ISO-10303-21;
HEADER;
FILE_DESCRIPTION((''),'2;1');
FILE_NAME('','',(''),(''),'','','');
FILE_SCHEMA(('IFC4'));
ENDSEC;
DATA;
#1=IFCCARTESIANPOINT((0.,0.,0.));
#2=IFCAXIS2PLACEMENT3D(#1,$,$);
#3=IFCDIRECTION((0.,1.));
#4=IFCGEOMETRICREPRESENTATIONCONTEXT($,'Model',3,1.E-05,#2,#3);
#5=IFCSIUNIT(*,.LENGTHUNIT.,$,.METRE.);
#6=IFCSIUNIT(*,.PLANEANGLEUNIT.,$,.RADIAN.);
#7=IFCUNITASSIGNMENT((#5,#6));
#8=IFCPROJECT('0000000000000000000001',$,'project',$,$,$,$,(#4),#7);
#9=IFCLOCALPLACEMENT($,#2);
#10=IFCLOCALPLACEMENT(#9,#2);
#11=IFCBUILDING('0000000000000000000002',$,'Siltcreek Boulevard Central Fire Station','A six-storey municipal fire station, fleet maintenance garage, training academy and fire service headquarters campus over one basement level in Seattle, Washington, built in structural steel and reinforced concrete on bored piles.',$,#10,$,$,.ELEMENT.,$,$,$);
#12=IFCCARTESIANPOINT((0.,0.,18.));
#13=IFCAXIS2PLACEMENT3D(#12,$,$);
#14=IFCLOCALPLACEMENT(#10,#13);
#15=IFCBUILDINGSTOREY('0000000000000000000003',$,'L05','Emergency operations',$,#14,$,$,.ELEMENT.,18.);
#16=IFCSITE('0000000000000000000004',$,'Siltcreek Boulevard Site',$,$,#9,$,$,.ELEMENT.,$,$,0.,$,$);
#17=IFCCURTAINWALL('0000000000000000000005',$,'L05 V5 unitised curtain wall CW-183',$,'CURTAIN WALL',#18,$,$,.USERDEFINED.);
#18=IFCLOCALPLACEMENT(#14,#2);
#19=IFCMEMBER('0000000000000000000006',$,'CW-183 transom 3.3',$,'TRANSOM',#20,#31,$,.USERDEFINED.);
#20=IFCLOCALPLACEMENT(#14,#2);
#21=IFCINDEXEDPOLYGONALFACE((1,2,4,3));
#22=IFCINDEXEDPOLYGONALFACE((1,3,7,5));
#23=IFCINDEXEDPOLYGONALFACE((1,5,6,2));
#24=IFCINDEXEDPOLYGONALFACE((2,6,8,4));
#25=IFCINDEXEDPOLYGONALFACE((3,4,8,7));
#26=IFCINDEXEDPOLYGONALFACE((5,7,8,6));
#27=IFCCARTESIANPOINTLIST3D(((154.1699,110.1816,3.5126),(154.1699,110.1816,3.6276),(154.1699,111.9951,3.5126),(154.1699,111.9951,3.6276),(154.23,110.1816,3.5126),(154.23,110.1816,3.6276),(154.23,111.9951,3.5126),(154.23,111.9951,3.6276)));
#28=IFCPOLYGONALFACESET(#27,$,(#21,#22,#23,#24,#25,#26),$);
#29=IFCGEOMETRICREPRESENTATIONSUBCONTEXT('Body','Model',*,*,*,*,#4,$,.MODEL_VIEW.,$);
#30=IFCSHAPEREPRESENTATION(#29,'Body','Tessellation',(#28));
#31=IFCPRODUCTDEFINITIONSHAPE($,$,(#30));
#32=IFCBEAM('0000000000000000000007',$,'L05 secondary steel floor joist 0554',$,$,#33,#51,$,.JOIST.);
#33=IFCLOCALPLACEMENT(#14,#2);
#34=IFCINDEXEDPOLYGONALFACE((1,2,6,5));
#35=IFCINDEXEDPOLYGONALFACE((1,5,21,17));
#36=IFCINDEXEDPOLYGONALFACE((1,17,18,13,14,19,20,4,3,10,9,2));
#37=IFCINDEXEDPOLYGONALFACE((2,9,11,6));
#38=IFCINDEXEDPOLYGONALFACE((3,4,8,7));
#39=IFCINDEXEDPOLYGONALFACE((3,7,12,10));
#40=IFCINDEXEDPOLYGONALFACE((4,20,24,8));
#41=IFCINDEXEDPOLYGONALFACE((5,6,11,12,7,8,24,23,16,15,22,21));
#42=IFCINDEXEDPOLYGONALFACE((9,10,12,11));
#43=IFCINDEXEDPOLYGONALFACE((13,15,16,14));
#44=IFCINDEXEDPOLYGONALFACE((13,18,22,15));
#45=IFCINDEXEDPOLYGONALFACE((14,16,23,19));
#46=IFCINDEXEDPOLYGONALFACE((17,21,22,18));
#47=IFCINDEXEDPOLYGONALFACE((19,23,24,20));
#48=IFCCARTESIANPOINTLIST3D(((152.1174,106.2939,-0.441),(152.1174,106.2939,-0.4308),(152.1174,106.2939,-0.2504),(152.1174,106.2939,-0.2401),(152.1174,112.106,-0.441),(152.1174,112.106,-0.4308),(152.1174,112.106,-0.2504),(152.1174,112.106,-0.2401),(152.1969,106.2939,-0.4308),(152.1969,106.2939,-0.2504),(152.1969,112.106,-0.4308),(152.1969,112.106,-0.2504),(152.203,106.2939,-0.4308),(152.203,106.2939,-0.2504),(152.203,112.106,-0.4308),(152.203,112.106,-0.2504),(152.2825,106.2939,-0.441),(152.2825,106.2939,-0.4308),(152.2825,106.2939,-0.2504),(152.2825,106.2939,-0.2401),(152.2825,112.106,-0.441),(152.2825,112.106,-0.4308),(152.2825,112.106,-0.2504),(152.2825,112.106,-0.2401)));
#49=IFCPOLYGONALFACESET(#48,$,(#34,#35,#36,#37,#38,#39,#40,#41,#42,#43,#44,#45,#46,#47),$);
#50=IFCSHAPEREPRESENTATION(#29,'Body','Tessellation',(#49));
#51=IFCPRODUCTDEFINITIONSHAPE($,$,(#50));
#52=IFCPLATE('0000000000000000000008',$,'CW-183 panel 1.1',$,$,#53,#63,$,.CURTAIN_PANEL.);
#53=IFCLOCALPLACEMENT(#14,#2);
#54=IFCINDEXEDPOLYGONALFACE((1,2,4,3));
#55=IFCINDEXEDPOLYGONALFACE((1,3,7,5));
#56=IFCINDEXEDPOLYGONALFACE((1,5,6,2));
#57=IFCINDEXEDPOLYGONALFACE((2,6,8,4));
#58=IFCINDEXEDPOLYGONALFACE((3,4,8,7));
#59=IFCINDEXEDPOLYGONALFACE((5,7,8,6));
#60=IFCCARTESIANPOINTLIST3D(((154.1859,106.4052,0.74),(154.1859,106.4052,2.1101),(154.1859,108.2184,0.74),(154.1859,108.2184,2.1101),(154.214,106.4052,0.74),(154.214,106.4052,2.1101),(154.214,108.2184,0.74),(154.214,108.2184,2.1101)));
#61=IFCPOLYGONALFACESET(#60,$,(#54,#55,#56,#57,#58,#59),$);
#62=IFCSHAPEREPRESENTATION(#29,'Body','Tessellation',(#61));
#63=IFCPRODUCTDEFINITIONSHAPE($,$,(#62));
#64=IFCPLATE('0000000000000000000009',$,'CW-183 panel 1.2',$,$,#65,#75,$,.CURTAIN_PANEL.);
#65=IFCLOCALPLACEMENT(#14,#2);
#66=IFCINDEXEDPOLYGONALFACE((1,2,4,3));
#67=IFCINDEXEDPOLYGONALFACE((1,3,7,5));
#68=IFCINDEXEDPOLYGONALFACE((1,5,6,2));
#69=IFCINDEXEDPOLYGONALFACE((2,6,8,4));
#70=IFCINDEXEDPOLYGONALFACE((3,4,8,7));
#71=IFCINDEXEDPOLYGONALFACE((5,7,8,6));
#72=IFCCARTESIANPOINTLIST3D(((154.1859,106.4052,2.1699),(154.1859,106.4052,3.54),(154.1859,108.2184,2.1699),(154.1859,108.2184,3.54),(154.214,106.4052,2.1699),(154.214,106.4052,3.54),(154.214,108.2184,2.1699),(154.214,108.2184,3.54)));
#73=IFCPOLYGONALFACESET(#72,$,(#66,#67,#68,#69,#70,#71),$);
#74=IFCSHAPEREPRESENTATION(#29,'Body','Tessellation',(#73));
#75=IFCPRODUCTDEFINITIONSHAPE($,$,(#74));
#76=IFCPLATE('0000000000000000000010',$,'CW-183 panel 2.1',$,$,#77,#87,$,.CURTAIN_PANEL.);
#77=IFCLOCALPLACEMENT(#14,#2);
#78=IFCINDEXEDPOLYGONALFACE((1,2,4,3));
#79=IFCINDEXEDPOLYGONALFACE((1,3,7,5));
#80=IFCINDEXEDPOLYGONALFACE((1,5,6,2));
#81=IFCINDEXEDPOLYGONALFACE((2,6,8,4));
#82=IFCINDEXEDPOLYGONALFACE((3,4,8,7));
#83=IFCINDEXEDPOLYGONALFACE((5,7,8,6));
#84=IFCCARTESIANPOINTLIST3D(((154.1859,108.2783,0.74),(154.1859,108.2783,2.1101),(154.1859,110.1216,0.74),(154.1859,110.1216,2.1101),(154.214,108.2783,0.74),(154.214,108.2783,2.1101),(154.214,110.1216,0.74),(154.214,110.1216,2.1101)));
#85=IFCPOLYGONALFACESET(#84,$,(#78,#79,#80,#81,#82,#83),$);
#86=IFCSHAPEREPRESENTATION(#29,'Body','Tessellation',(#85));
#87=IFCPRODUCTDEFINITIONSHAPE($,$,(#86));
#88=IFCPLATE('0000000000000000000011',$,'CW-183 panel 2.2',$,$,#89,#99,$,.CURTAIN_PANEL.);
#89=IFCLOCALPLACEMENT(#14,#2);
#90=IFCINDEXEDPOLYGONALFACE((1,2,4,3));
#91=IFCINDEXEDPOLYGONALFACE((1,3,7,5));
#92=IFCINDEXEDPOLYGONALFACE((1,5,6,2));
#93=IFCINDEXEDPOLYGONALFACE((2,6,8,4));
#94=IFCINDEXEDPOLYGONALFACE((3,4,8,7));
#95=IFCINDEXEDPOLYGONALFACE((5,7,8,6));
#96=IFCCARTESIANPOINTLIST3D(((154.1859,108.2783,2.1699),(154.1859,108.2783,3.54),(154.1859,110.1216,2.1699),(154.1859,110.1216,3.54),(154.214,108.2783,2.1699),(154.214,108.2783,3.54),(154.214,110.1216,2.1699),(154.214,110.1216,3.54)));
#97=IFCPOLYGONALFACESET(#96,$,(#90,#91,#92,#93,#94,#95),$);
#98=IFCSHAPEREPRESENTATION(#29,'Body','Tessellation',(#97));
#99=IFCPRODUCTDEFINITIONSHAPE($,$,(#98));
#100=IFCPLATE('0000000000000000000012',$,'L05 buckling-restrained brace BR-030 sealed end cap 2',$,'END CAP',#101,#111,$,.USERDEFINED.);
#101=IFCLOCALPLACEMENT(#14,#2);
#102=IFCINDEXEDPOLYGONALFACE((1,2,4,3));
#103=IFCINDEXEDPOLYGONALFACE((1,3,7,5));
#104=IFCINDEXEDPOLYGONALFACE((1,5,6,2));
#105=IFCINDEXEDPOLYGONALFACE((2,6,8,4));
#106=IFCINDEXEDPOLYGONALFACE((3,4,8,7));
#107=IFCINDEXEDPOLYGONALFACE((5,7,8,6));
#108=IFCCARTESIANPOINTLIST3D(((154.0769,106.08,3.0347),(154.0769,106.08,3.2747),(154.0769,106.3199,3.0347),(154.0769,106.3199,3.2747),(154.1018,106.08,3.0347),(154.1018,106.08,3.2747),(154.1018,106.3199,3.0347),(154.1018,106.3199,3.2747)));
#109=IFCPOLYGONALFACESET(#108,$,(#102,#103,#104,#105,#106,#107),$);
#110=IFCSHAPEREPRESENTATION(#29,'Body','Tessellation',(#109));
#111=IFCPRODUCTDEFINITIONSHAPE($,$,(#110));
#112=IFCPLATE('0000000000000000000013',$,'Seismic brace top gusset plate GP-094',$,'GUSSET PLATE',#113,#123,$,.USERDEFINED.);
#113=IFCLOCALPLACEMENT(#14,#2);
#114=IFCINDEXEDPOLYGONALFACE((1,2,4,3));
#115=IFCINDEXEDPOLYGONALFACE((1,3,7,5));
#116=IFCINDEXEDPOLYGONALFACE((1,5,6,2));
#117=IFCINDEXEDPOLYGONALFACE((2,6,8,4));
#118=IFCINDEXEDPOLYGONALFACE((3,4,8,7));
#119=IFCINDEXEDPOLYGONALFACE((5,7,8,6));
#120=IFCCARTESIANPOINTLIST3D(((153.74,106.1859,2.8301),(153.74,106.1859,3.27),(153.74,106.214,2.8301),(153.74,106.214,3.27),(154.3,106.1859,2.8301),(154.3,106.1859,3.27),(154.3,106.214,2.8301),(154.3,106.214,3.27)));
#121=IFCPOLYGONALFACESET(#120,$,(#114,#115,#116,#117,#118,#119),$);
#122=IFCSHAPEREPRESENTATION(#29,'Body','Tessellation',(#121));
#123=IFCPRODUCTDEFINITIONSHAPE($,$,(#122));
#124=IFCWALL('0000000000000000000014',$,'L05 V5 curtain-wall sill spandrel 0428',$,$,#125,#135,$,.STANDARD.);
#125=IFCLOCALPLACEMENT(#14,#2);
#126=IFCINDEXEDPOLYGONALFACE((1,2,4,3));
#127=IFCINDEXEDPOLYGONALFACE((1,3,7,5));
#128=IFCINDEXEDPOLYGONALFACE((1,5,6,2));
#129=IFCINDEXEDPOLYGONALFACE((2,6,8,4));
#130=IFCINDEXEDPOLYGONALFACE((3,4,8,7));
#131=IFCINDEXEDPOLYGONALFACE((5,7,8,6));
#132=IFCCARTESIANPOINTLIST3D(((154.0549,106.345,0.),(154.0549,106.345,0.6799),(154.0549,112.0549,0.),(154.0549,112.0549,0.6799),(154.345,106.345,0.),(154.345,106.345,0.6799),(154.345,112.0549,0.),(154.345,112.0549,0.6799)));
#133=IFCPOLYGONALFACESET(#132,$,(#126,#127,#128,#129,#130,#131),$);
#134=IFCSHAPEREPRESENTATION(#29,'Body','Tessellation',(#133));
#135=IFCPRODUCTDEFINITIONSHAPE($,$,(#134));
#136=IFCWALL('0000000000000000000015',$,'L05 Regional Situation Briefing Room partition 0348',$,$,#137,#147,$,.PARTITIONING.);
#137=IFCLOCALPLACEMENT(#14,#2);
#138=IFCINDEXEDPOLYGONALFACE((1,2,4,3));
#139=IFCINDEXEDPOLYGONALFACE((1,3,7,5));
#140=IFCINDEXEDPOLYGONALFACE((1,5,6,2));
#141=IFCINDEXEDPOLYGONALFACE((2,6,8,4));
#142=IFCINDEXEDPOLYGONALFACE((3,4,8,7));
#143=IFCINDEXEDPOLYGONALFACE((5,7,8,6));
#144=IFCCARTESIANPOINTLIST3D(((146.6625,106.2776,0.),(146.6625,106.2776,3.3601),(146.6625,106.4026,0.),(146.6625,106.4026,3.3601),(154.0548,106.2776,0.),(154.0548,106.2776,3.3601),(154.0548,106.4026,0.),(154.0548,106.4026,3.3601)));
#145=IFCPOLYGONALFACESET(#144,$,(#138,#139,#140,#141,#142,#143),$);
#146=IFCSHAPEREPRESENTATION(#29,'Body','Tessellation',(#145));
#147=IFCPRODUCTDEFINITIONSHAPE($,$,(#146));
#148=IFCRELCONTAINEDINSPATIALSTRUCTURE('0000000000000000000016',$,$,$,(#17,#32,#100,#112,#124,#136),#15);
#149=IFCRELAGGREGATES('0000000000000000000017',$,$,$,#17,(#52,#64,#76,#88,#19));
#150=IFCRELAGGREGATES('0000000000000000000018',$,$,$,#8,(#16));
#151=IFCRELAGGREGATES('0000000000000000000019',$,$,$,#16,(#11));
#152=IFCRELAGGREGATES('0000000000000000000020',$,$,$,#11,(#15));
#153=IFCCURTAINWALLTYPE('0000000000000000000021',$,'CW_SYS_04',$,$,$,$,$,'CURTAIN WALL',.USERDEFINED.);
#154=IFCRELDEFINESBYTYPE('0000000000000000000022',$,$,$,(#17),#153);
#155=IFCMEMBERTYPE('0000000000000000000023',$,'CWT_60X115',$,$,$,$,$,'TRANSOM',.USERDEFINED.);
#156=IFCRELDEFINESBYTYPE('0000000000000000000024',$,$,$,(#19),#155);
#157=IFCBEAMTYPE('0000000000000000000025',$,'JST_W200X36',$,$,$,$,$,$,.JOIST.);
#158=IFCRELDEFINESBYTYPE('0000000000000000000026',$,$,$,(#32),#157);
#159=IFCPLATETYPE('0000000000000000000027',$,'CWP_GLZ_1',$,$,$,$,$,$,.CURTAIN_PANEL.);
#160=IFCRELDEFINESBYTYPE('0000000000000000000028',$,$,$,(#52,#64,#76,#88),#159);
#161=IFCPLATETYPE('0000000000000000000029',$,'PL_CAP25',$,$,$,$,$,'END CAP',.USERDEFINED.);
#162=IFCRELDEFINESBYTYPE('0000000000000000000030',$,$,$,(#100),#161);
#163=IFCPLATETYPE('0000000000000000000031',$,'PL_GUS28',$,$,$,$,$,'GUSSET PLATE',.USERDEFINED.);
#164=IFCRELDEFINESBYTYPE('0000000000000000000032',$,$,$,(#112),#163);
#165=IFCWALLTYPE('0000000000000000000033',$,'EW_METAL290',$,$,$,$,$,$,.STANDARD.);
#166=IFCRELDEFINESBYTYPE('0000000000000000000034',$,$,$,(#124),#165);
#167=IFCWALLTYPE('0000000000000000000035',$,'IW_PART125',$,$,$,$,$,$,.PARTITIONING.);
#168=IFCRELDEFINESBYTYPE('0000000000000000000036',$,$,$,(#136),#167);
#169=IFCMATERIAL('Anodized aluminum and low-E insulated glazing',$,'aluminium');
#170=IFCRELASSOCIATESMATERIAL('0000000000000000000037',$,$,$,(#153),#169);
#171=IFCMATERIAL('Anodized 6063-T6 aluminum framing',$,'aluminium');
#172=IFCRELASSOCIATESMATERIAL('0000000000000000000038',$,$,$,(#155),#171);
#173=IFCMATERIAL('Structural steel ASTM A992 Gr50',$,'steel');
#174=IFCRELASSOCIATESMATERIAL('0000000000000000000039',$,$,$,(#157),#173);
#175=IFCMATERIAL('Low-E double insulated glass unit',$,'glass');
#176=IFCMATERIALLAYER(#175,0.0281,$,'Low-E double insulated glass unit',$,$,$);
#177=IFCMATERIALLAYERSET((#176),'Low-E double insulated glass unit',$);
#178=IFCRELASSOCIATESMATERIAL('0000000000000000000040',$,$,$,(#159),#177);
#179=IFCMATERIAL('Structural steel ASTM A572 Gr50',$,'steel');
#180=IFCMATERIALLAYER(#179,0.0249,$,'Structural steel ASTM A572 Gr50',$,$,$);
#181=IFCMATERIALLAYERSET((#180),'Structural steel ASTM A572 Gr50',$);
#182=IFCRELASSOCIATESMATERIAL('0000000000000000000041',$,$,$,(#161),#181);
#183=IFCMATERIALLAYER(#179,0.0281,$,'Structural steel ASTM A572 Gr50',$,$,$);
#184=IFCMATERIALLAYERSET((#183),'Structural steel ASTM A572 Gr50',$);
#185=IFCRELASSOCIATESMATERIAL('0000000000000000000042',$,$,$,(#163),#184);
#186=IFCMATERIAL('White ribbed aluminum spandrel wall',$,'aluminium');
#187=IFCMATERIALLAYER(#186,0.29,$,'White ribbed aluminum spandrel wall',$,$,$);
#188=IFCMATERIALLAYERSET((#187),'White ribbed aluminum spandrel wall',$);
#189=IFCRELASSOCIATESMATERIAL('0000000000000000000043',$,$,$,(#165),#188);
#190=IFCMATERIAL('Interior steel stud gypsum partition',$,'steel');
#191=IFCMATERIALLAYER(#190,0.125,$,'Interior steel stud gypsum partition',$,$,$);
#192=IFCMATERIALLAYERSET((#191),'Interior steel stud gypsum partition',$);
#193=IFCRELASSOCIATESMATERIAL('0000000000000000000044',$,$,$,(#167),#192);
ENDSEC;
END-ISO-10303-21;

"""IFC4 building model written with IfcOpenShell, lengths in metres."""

from ifc_helpers import new_model, si_unit, direction, frame, frame_2d, origin, origin_2d, place, context, subcontext, project, spatial, rectangle, i_section, extrude, material, layer, layer_set, material_profile, profile_set, type_object, element, aggregate, save


model = new_model("IFC4")

# Units and contexts
model_context = context("Model", 3, precision=1e-05, world=origin(), true_north=direction((0.0, 1.0)))
body_context = subcontext(model_context, "Body", "Model", "MODEL_VIEW")
ifc_project = project(units=[si_unit("LENGTHUNIT", "METRE"), si_unit("PLANEANGLEUNIT", "RADIAN")], contexts=[model_context])

# Site, building, storey
site_placement = place(None, origin())
site = spatial("IfcSite", under=ifc_project, at=site_placement, Name="Siltcreek Boulevard Site", CompositionType="ELEMENT", RefElevation=0.0)
building_placement = place(site_placement, origin())
building = spatial("IfcBuilding", under=site, at=building_placement, Name="Siltcreek Boulevard Central Fire Station", Description="A six-storey municipal fire station, fleet maintenance garage, training academy and fire service headquarters campus over one basement level in Seattle, Washington, built in structural steel and reinforced concrete on bored piles.", CompositionType="ELEMENT")
storey_placement = place(building_placement, frame((0.0, 0.0, 18.0)))
storey = spatial("IfcBuildingStorey", under=building, at=storey_placement, Name="L05", Description="Emergency operations", CompositionType="ELEMENT", Elevation=18.0)

# Shared definitions
ifc_material_1 = material(Name="Structural steel ASTM A992 Gr50", Category="steel")

# Curtain wall, member
ifc_material_2 = material(Name="Anodized aluminum and low-E insulated glazing", Category="aluminium")
curtain_wall_type = type_object("IfcCurtainWallType", Name="CW_SYS_04", ElementType="CURTAIN WALL", PredefinedType="USERDEFINED", material=ifc_material_2)
curtain_wall_placement = place(storey_placement, origin())
curtain_wall = element("IfcCurtainWall", 1, at=curtain_wall_placement, inside=storey, type_object=curtain_wall_type, Name="L05 V5 unitised curtain wall CW-183", ObjectType="CURTAIN WALL", PredefinedType="USERDEFINED")
ifc_material_3 = material(Name="Anodized 6063-T6 aluminum framing", Category="aluminium")
ifc_material_profile_1 = material_profile(ifc_material_3, rectangle(XDim=0.0601, YDim=0.115, at=origin_2d()), Name="TRAN60X115")
ifc_profile_set_1 = profile_set([ifc_material_profile_1], Name="Anodized 6063-T6 aluminum framing")
member_type_1 = type_object("IfcMemberType", Name="CWT_60X115", ElementType="TRANSOM", PredefinedType="USERDEFINED", material=ifc_profile_set_1)
member_1_placement = place(storey_placement, frame((154.2, 110.1816, 3.5701), z_axis=(0.0, 1.0, 0.0), x_axis=(-1.0, 0.0, 0.0)))
member_1 = element("IfcMember", 2, at=member_1_placement, type_object=member_type_1, Name="CW-183 transom 3.3", ObjectType="TRANSOM", PredefinedType="USERDEFINED", context=body_context, shape_type="SweptSolid", body=[
    extrude(rectangle(XDim=0.0601, YDim=0.115, at=origin_2d()), origin(), (0.0, 0.0, 1.0), 1.8135),
])

# Beam
ifc_material_profile_2 = material_profile(ifc_material_1, i_section(OverallWidth=0.165, OverallDepth=0.2009, WebThickness=0.0061, FlangeThickness=0.0103, at=origin_2d()), Name="W200X36")
ifc_profile_set_2 = profile_set([ifc_material_profile_2], Name="Structural steel ASTM A992 Gr50")
beam_type_1 = type_object("IfcBeamType", Name="JST_W200X36", PredefinedType="JOIST", material=ifc_profile_set_2)
beam_1_placement = place(storey_placement, frame((152.2, 106.2939, -0.3406), z_axis=(0.0, 1.0, 0.0), x_axis=(-1.0, 0.0, 0.0)))
element("IfcBeam", 3, at=beam_1_placement, inside=storey, type_object=beam_type_1, Name="L05 secondary steel floor joist 0554", PredefinedType="JOIST", context=body_context, shape_type="SweptSolid", body=[
    extrude(i_section(OverallWidth=0.165, OverallDepth=0.2009, WebThickness=0.0061, FlangeThickness=0.0103, at=origin_2d()), origin(), (0.0, 0.0, 1.0), 5.812),
])

# Plates
ifc_material_4 = material(Name="Low-E double insulated glass unit", Category="glass")
ifc_layer_1 = layer(ifc_material_4, 0.0281, Name="Low-E double insulated glass unit")
ifc_layer_set_1 = layer_set([ifc_layer_1], Name="Low-E double insulated glass unit")
plate_type_1 = type_object("IfcPlateType", Name="CWP_GLZ_1", PredefinedType="CURTAIN_PANEL", material=ifc_layer_set_1)
plate_1_placement = place(storey_placement, frame((154.2, 107.3118, 0.74), z_axis=(0.0, 0.0, 1.0), x_axis=(0.0, 1.0, 0.0)))
plate_1 = element("IfcPlate", 4, at=plate_1_placement, type_object=plate_type_1, Name="CW-183 panel 1.1", PredefinedType="CURTAIN_PANEL", context=body_context, shape_type="SweptSolid", body=[
    extrude(rectangle(XDim=1.8132, YDim=0.0281, at=origin_2d()), origin(), (0.0, 0.0, 1.0), 1.3701),
])
plate_2_placement = place(storey_placement, frame((154.2, 107.3118, 2.1699), z_axis=(0.0, 0.0, 1.0), x_axis=(0.0, 1.0, 0.0)))
plate_2 = element("IfcPlate", 5, at=plate_2_placement, type_object=plate_type_1, Name="CW-183 panel 1.2", PredefinedType="CURTAIN_PANEL", context=body_context, shape_type="SweptSolid", body=[
    extrude(rectangle(XDim=1.8132, YDim=0.0281, at=origin_2d()), origin(), (0.0, 0.0, 1.0), 1.3701),
])
plate_3_placement = place(storey_placement, frame((154.2, 109.2, 0.74), z_axis=(0.0, 0.0, 1.0), x_axis=(0.0, 1.0, 0.0)))
plate_3 = element("IfcPlate", 6, at=plate_3_placement, type_object=plate_type_1, Name="CW-183 panel 2.1", PredefinedType="CURTAIN_PANEL", context=body_context, shape_type="SweptSolid", body=[
    extrude(rectangle(XDim=1.8433, YDim=0.0281, at=origin_2d()), origin(), (0.0, 0.0, 1.0), 1.3701),
])
plate_4_placement = place(storey_placement, frame((154.2, 109.2, 2.1699), z_axis=(0.0, 0.0, 1.0), x_axis=(0.0, 1.0, 0.0)))
plate_4 = element("IfcPlate", 7, at=plate_4_placement, type_object=plate_type_1, Name="CW-183 panel 2.2", PredefinedType="CURTAIN_PANEL", context=body_context, shape_type="SweptSolid", body=[
    extrude(rectangle(XDim=1.8433, YDim=0.0281, at=origin_2d()), origin(), (0.0, 0.0, 1.0), 1.3701),
])
aggregate(curtain_wall, [plate_1, plate_2, plate_3, plate_4, member_1])

# Plates
ifc_material_5 = material(Name="Structural steel ASTM A572 Gr50", Category="steel")
ifc_layer_2 = layer(ifc_material_5, 0.0249, Name="Structural steel ASTM A572 Gr50")
ifc_layer_set_2 = layer_set([ifc_layer_2], Name="Structural steel ASTM A572 Gr50")
plate_type_2 = type_object("IfcPlateType", Name="PL_CAP25", ElementType="END CAP", PredefinedType="USERDEFINED", material=ifc_layer_set_2)
plate_5_placement = place(storey_placement, frame((154.0894, 106.2, 3.0347), z_axis=(0.0, 0.0, 1.0), x_axis=(1.0, 0.0, 0.0)))
element("IfcPlate", 8, at=plate_5_placement, inside=storey, type_object=plate_type_2, Name="L05 buckling-restrained brace BR-030 sealed end cap 2", ObjectType="END CAP", PredefinedType="USERDEFINED", context=body_context, shape_type="SweptSolid", body=[
    extrude(rectangle(XDim=0.0249, YDim=0.24, at=origin_2d()), origin(), (0.0, 0.0, 1.0), 0.24),
])
ifc_layer_3 = layer(ifc_material_5, 0.0281, Name="Structural steel ASTM A572 Gr50")
ifc_layer_set_3 = layer_set([ifc_layer_3], Name="Structural steel ASTM A572 Gr50")
plate_type_3 = type_object("IfcPlateType", Name="PL_GUS28", ElementType="GUSSET PLATE", PredefinedType="USERDEFINED", material=ifc_layer_set_3)
plate_6_placement = place(storey_placement, frame((154.02, 106.2, 2.8301), z_axis=(0.0, 0.0, 1.0), x_axis=(1.0, 0.0, 0.0)))
element("IfcPlate", 9, at=plate_6_placement, inside=storey, type_object=plate_type_3, Name="Seismic brace top gusset plate GP-094", ObjectType="GUSSET PLATE", PredefinedType="USERDEFINED", context=body_context, shape_type="SweptSolid", body=[
    extrude(rectangle(XDim=0.5601, YDim=0.0281, at=origin_2d()), origin(), (0.0, 0.0, 1.0), 0.4399),
])

# Walls
ifc_material_6 = material(Name="White ribbed aluminum spandrel wall", Category="aluminium")
ifc_layer_4 = layer(ifc_material_6, 0.29, Name="White ribbed aluminum spandrel wall")
ifc_layer_set_4 = layer_set([ifc_layer_4], Name="White ribbed aluminum spandrel wall")
wall_type_1 = type_object("IfcWallType", Name="EW_METAL290", PredefinedType="STANDARD", material=ifc_layer_set_4)
wall_1_placement = place(storey_placement, frame((154.2, 106.345, 0.0), z_axis=(0.0, 0.0, 1.0), x_axis=(0.0, 1.0, 0.0)))
element("IfcWall", 10, at=wall_1_placement, inside=storey, type_object=wall_type_1, Name="L05 V5 curtain-wall sill spandrel 0428", PredefinedType="STANDARD", context=body_context, shape_type="SweptSolid", body=[
    extrude(rectangle(XDim=5.71, YDim=0.29, at=frame_2d((2.855, 0.0))), origin(), (0.0, 0.0, 1.0), 0.6799),
])
ifc_material_7 = material(Name="Interior steel stud gypsum partition", Category="steel")
ifc_layer_5 = layer(ifc_material_7, 0.125, Name="Interior steel stud gypsum partition")
ifc_layer_set_5 = layer_set([ifc_layer_5], Name="Interior steel stud gypsum partition")
wall_type_2 = type_object("IfcWallType", Name="IW_PART125", PredefinedType="PARTITIONING", material=ifc_layer_set_5)
wall_2_placement = place(storey_placement, frame((154.0549, 106.3401, 0.0), z_axis=(0.0, 0.0, 1.0), x_axis=(-1.0, 0.0, 0.0)))
element("IfcWall", 11, at=wall_2_placement, inside=storey, type_object=wall_type_2, Name="L05 Regional Situation Briefing Room partition 0348", PredefinedType="PARTITIONING", context=body_context, shape_type="SweptSolid", body=[
    extrude(rectangle(XDim=7.3923, YDim=0.125, at=frame_2d((3.6963, 0.0))), origin(), (0.0, 0.0, 1.0), 3.3601),
])

save(model, "model.ifc")
